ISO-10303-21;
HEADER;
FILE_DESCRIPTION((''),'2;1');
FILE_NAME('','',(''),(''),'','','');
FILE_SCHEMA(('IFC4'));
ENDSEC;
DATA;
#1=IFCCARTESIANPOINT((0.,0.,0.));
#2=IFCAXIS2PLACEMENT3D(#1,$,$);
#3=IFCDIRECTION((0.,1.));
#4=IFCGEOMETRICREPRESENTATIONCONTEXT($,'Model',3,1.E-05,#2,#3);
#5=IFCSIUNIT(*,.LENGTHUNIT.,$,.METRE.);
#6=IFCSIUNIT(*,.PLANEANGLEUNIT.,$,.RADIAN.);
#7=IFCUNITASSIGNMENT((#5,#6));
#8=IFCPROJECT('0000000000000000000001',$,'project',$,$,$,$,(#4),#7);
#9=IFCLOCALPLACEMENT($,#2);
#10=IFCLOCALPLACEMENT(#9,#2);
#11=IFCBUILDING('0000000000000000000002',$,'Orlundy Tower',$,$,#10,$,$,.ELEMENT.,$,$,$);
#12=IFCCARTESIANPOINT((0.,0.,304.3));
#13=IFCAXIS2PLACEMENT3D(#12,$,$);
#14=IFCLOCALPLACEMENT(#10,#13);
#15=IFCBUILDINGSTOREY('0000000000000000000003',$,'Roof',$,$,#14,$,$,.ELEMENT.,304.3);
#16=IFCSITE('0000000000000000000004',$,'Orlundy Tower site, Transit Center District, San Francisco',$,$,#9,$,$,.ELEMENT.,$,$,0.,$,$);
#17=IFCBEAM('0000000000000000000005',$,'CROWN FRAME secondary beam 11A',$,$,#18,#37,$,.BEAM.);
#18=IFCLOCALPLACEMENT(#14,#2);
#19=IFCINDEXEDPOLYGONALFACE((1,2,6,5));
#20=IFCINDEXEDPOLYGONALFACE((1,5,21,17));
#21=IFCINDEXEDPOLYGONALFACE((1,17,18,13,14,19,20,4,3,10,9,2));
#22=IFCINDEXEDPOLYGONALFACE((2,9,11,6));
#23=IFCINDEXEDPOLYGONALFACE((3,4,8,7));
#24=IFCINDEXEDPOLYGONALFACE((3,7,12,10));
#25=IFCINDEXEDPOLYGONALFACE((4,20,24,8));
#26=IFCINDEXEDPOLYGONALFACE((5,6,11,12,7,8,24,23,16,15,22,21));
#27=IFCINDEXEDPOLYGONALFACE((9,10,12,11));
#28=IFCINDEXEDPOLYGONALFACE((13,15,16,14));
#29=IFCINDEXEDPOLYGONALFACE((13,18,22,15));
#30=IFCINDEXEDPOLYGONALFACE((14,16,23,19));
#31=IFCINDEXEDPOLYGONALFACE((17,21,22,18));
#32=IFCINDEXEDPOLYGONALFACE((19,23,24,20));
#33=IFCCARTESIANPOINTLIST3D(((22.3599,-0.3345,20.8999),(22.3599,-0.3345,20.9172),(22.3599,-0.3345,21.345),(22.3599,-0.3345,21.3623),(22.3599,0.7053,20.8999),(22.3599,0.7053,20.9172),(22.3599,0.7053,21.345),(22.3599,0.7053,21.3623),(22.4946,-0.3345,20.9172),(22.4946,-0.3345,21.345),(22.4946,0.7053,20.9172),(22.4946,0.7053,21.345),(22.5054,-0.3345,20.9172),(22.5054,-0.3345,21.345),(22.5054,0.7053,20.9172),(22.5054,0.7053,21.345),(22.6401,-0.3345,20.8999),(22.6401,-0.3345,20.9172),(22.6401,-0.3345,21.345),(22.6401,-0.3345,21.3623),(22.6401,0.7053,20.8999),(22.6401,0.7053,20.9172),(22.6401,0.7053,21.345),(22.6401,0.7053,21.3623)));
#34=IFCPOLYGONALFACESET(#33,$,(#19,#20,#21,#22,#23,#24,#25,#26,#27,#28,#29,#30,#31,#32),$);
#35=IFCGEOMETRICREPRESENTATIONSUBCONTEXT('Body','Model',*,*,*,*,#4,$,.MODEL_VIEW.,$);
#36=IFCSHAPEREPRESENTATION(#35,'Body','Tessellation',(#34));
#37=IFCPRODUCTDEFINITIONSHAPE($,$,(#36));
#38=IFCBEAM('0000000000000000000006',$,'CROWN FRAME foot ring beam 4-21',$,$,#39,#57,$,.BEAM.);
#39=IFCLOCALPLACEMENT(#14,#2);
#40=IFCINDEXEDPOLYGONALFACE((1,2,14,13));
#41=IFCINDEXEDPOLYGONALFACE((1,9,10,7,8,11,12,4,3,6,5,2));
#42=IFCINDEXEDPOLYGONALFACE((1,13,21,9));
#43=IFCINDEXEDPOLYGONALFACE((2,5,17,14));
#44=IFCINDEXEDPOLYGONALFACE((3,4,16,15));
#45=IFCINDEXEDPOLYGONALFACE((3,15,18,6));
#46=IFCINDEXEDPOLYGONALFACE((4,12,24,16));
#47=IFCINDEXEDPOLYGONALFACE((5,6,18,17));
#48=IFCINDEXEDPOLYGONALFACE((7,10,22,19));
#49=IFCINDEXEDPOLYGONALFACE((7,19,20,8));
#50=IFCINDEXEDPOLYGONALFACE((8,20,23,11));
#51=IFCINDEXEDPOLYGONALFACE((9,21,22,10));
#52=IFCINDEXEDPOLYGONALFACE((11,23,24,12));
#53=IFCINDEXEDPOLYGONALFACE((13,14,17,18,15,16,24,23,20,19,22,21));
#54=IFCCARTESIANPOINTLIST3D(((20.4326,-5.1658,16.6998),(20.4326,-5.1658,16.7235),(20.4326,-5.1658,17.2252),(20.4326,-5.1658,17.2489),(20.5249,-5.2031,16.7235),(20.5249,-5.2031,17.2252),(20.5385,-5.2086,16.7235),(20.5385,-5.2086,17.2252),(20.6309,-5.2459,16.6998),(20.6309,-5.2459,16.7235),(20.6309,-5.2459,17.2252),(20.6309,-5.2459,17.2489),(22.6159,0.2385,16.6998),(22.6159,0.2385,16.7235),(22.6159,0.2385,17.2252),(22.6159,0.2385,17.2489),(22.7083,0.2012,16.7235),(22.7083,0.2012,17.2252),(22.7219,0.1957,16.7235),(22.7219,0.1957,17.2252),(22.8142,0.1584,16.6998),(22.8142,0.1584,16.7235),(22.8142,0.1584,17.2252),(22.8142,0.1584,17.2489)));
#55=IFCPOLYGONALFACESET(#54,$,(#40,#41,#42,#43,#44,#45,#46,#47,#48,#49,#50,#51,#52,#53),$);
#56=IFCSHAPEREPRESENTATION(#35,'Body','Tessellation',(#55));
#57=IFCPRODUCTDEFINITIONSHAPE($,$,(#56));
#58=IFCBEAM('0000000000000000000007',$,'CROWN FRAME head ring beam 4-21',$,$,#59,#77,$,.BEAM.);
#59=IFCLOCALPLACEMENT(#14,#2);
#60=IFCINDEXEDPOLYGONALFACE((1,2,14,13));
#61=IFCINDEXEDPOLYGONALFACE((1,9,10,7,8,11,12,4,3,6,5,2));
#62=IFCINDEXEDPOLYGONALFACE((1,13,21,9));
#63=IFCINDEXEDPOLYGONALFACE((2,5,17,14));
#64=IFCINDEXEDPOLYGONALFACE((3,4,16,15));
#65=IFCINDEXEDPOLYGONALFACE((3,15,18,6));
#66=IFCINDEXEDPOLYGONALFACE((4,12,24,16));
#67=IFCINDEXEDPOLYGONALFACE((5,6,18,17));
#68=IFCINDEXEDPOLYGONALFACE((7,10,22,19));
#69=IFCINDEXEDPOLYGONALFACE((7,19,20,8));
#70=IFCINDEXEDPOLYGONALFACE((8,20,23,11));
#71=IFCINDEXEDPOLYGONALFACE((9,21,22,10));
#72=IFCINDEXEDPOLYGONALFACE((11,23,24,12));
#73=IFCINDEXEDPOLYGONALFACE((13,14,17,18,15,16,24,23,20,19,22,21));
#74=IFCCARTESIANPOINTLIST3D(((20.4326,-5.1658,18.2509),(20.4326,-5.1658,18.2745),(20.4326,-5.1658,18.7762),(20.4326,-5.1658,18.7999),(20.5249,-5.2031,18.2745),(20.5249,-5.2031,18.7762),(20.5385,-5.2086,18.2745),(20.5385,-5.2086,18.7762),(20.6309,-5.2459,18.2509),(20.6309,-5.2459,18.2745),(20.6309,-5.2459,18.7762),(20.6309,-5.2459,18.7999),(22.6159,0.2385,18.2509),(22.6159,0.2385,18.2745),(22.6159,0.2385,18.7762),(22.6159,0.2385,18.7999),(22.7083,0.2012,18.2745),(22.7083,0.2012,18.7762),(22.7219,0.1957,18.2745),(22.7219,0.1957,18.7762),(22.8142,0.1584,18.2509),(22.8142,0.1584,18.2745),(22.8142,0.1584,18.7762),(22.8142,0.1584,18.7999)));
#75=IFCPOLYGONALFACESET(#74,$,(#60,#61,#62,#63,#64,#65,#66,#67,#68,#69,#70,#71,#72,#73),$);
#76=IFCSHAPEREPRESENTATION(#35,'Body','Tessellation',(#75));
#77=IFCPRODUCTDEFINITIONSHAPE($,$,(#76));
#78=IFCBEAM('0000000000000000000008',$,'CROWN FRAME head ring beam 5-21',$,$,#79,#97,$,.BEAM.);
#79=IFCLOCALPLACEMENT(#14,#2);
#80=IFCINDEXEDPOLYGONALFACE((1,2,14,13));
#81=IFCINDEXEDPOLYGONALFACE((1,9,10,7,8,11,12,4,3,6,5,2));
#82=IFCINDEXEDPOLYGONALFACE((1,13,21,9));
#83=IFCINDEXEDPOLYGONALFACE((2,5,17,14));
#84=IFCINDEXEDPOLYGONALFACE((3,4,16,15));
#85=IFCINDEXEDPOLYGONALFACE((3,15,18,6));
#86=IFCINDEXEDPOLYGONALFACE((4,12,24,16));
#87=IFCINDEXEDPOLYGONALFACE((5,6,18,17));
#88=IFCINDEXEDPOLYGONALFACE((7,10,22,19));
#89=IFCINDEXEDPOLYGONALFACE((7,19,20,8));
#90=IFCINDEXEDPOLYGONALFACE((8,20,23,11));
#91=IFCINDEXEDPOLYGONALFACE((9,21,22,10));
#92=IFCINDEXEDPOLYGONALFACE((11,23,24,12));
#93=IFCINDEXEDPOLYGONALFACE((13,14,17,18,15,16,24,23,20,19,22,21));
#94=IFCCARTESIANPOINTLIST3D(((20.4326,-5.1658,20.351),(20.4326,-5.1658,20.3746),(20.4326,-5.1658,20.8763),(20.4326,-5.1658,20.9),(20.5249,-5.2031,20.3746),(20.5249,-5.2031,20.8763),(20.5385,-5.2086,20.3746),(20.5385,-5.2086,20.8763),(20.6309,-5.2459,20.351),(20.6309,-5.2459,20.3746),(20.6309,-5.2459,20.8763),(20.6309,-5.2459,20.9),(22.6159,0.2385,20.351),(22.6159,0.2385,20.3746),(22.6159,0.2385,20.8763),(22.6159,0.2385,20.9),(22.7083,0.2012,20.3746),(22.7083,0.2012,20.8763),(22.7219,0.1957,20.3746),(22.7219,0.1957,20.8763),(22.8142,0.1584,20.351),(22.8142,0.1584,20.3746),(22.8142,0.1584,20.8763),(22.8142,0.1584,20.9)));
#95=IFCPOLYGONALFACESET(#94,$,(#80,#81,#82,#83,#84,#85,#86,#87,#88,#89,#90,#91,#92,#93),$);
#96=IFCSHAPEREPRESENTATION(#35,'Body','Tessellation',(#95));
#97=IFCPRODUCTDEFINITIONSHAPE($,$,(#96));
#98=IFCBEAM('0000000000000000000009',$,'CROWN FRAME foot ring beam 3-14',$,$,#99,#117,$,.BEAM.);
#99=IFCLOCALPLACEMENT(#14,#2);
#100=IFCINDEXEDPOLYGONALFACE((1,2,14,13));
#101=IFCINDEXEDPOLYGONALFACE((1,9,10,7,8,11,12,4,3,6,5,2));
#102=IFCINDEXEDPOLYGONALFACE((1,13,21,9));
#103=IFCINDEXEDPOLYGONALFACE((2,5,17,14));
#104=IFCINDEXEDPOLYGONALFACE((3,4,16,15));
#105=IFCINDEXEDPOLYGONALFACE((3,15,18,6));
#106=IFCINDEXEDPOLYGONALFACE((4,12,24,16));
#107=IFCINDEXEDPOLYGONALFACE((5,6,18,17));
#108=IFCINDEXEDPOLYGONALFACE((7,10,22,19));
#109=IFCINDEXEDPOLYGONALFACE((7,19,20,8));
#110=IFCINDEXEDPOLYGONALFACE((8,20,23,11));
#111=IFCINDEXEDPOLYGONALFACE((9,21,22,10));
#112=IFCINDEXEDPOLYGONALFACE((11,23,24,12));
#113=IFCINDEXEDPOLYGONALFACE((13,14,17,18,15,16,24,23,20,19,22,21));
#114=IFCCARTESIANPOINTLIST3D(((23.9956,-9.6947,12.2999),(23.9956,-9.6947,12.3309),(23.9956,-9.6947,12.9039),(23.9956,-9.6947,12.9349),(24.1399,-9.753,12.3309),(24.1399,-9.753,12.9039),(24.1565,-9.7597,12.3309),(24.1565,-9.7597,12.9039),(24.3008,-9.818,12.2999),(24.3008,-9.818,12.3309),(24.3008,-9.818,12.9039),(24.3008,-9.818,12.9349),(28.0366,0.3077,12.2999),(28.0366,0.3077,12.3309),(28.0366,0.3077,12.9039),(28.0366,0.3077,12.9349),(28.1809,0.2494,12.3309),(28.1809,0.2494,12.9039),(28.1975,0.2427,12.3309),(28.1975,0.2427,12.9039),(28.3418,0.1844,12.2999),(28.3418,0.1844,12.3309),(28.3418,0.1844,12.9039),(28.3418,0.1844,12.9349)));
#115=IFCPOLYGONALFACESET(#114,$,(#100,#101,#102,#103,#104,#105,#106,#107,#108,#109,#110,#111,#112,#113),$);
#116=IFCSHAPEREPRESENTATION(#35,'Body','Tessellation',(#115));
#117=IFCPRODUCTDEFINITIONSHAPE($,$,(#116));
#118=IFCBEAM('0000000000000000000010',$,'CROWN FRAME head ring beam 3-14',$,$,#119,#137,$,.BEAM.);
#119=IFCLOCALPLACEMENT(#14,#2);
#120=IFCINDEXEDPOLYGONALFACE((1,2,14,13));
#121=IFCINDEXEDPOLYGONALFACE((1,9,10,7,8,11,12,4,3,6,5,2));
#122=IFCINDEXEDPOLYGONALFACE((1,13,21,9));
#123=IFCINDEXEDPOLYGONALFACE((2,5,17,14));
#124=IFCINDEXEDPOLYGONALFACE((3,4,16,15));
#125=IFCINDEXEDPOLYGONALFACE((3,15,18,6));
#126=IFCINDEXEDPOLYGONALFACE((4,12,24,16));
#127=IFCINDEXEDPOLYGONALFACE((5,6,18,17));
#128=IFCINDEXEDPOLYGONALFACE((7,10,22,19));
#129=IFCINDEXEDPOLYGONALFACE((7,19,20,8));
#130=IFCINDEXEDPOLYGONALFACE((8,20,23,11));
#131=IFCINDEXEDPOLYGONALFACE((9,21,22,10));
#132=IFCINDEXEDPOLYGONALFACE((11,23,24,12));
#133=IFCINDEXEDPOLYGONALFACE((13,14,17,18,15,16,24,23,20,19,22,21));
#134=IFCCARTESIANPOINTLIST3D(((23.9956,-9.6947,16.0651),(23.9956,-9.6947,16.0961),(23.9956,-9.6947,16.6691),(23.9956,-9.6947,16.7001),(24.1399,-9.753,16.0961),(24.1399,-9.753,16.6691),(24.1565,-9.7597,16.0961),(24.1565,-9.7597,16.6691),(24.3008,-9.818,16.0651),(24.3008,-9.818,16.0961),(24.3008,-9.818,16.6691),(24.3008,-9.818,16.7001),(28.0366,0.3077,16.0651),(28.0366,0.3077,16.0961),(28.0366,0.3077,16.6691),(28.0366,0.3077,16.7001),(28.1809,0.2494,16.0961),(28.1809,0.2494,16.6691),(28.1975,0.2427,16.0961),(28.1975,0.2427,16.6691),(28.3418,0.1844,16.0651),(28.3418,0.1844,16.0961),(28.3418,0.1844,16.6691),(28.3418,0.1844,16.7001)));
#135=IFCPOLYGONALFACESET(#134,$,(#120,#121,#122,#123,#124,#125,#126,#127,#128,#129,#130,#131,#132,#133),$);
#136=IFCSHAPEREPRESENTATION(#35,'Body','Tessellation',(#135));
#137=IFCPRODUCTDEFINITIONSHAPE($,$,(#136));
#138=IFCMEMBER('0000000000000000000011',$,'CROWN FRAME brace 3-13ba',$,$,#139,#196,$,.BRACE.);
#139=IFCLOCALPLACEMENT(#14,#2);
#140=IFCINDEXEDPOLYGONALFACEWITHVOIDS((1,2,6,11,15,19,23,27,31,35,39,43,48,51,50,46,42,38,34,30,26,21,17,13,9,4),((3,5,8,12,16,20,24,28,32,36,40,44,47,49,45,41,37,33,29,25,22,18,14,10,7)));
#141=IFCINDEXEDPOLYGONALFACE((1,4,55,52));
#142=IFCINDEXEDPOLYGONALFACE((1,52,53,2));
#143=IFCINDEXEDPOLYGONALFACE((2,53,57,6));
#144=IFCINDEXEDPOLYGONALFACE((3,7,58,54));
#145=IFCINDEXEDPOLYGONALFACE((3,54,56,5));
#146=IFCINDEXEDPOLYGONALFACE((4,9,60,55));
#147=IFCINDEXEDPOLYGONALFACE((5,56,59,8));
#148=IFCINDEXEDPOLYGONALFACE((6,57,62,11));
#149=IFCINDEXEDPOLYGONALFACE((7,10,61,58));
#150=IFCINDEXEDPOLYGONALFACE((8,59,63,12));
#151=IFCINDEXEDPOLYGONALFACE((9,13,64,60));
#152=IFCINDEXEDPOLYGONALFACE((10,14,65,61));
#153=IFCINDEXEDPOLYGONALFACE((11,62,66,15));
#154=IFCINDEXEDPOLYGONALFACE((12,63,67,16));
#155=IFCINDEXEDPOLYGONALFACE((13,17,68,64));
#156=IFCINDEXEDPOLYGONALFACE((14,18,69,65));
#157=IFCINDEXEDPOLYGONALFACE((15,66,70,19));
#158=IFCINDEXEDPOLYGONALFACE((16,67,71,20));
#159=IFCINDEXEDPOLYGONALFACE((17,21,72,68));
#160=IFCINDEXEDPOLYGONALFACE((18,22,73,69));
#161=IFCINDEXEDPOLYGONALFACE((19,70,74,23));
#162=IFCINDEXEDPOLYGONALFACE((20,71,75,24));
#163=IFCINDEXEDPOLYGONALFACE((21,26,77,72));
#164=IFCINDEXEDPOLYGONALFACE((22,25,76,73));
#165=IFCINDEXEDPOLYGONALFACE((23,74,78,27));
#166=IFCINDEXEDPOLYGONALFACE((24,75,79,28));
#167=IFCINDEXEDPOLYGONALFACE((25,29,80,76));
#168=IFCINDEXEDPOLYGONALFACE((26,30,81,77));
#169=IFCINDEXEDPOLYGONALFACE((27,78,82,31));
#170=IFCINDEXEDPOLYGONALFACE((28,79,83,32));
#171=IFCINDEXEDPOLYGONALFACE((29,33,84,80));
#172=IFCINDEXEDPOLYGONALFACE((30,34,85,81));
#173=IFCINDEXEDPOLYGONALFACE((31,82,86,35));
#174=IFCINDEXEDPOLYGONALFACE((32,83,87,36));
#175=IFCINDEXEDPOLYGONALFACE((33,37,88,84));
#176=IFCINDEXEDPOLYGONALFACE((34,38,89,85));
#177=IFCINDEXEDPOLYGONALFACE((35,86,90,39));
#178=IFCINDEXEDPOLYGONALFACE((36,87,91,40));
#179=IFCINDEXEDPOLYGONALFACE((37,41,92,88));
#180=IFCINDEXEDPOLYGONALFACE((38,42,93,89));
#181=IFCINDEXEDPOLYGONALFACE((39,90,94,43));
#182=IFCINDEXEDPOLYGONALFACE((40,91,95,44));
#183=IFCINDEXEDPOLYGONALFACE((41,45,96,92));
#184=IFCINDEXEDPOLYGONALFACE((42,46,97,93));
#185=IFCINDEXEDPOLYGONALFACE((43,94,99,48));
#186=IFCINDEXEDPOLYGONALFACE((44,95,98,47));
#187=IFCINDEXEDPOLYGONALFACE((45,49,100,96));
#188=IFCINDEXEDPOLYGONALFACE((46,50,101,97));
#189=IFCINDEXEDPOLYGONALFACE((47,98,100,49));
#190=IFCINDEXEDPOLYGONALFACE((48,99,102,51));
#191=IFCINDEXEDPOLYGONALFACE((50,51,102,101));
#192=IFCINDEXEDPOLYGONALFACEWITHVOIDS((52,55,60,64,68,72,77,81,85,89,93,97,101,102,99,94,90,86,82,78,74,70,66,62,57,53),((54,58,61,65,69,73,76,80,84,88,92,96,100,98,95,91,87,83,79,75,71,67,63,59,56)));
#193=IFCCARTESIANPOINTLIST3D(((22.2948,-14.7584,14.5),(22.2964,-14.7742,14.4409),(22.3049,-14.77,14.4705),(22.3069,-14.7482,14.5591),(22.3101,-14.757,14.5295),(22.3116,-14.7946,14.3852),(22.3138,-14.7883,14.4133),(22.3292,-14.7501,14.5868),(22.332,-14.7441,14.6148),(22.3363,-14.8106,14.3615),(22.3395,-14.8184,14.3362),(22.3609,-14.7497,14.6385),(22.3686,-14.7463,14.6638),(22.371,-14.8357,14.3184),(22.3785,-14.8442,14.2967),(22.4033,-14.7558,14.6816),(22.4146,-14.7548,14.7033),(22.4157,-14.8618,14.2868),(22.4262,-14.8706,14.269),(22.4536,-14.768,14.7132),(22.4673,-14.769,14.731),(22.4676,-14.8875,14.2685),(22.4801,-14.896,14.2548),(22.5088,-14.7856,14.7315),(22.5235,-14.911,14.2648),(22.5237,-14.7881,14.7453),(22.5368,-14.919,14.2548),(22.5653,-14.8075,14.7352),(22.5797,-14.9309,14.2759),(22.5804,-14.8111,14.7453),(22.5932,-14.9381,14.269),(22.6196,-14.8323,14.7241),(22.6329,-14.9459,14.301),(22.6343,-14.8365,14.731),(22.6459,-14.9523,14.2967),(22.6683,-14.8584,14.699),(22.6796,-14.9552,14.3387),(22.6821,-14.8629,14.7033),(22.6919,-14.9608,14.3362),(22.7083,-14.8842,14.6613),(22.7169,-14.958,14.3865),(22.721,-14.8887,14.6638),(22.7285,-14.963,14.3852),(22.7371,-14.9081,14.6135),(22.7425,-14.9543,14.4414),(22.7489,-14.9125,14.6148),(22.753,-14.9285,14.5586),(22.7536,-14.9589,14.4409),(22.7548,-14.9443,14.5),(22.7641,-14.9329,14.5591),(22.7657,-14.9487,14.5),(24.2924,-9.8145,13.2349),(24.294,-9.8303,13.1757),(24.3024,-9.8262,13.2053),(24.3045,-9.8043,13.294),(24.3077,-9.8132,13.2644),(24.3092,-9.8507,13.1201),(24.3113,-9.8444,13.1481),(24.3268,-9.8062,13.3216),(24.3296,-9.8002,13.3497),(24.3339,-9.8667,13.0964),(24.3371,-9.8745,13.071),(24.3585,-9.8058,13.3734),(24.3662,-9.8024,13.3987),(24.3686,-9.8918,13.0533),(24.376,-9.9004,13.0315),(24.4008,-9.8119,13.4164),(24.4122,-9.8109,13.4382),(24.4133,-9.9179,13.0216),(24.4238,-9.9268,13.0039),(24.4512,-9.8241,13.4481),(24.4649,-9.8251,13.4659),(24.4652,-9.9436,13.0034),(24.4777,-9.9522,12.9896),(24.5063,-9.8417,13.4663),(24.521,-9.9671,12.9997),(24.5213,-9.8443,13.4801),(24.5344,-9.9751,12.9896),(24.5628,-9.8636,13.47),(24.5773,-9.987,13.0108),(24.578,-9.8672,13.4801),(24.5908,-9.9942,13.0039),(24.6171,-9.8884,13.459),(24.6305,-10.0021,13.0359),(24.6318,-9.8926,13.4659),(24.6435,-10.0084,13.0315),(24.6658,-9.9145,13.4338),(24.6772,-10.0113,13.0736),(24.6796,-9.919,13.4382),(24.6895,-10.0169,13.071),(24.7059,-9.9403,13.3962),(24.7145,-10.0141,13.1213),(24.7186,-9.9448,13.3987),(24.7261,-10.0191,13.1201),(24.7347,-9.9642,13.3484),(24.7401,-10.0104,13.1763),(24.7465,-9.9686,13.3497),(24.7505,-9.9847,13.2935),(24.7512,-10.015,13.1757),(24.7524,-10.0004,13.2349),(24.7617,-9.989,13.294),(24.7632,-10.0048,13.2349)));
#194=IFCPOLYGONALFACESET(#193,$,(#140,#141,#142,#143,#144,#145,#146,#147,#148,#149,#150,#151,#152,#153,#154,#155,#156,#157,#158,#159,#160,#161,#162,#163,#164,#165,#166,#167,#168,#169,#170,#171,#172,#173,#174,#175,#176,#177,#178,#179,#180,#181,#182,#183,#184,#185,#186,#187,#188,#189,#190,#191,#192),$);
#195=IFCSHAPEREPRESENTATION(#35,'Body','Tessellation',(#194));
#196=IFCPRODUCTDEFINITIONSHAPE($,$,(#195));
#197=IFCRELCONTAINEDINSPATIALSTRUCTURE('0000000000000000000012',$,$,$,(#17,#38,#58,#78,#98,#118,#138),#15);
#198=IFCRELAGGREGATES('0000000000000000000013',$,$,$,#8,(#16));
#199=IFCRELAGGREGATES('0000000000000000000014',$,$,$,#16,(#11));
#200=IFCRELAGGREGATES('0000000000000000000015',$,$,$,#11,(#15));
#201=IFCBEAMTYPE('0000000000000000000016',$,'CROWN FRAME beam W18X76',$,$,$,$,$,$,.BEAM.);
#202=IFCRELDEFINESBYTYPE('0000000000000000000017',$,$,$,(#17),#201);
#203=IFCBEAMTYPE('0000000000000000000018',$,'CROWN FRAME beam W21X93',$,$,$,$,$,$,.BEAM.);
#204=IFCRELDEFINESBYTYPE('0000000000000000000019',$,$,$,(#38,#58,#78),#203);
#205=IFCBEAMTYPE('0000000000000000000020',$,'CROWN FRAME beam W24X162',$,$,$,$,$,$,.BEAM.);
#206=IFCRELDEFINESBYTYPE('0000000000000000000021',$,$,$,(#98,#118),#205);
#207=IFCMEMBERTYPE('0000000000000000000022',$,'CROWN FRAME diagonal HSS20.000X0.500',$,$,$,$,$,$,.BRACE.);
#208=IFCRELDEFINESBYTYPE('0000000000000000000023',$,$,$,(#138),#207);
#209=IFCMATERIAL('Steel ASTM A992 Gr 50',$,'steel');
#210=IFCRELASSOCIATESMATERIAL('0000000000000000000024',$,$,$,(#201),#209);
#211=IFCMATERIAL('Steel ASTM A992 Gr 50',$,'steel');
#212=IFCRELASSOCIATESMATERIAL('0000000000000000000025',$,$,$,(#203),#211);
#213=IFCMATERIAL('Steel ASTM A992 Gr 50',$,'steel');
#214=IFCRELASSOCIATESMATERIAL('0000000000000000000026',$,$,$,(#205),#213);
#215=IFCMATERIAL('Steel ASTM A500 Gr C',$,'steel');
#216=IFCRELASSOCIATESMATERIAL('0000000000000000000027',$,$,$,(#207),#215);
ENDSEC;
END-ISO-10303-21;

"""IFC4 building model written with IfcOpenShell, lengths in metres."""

from ifc_helpers import new_model, si_unit, direction, frame, origin, origin_2d, place, context, subcontext, project, spatial, hollow_circle, i_section, extrude, material, material_profile, profile_set, type_object, element, save


model = new_model("IFC4")

# Units and contexts
model_context = context("Model", 3, precision=1e-05, world=origin(), true_north=direction((0.0, 1.0)))
body_context = subcontext(model_context, "Body", "Model", "MODEL_VIEW")
ifc_project = project(units=[si_unit("LENGTHUNIT", "METRE"), si_unit("PLANEANGLEUNIT", "RADIAN")], contexts=[model_context])

# Site, building, storey
site_placement = place(None, origin())
site = spatial("IfcSite", under=ifc_project, at=site_placement, Name="Orlundy Tower site, Transit Center District, San Francisco", CompositionType="ELEMENT", RefElevation=0.0)
building_placement = place(site_placement, origin())
building = spatial("IfcBuilding", under=site, at=building_placement, Name="Orlundy Tower", CompositionType="ELEMENT")
storey_placement = place(building_placement, frame((0.0, 0.0, 304.3)))
storey = spatial("IfcBuildingStorey", under=building, at=storey_placement, Name="Roof", CompositionType="ELEMENT", Elevation=304.3)

# Beams
ifc_material_1 = material(Name="Steel ASTM A992 Gr 50", Category="steel")
ifc_material_profile_1 = material_profile(ifc_material_1, i_section(OverallWidth=0.2803, OverallDepth=0.4624, WebThickness=0.0107, FlangeThickness=0.0173, at=origin_2d()), Name="W18X76")
ifc_profile_set_1 = profile_set([ifc_material_profile_1], Name="Steel ASTM A992 Gr 50")
beam_type_1 = type_object("IfcBeamType", Name="CROWN FRAME beam W18X76", PredefinedType="BEAM", material=ifc_profile_set_1)
beam_placement = place(storey_placement, frame((22.5, -0.3345, 21.1311), z_axis=(0.0, 1.0, 0.0), x_axis=(-1.0, 0.0, 0.0)))
element("IfcBeam", 1, at=beam_placement, inside=storey, type_object=beam_type_1, Name="CROWN FRAME secondary beam 11A", PredefinedType="BEAM", context=body_context, shape_type="SweptSolid", body=[
    extrude(i_section(OverallWidth=0.2803, OverallDepth=0.4624, WebThickness=0.0107, FlangeThickness=0.0173, at=origin_2d()), origin(), (0.0, 0.0, 1.0), 1.0398),
])
ifc_material_2 = material(Name="Steel ASTM A992 Gr 50", Category="steel")
ifc_material_profile_2 = material_profile(ifc_material_2, i_section(OverallWidth=0.2139, OverallDepth=0.5491, WebThickness=0.0146, FlangeThickness=0.0237, at=origin_2d()), Name="W21X93")
ifc_profile_set_2 = profile_set([ifc_material_profile_2], Name="Steel ASTM A992 Gr 50")
beam_type_2 = type_object("IfcBeamType", Name="CROWN FRAME beam W21X93", PredefinedType="BEAM", material=ifc_profile_set_2)
for number, where, z_axis, x_axis, name in (
    (2, (20.5317, -5.2058, 16.9744), (0.374588, 0.927191, 0.0), (-0.927191, 0.374588, 0.0), "CROWN FRAME foot ring beam 4-21"),
    (3, (20.5317, -5.2058, 18.5254), (0.374588, 0.927191, 0.0), (-0.927191, 0.374588, 0.0), "CROWN FRAME head ring beam 4-21"),
    (4, (20.5317, -5.2058, 20.6255), (0.374588, 0.927191, 0.0), (-0.927191, 0.374588, 0.0), "CROWN FRAME head ring beam 5-21"),
):
    element("IfcBeam", number, at=place(storey_placement, frame(where, z_axis=z_axis, x_axis=x_axis)), inside=storey, type_object=beam_type_2, Name=name, PredefinedType="BEAM", context=body_context, shape_type="SweptSolid", body=[
        extrude(i_section(OverallWidth=0.2139, OverallDepth=0.5491, WebThickness=0.0146, FlangeThickness=0.0237, at=origin_2d()), origin(), (0.0, 0.0, 1.0), 5.8286),
    ])
ifc_material_3 = material(Name="Steel ASTM A992 Gr 50", Category="steel")
ifc_material_profile_3 = material_profile(ifc_material_3, i_section(OverallWidth=0.3291, OverallDepth=0.635, WebThickness=0.0178, FlangeThickness=0.031, at=origin_2d()), Name="W24X162")
ifc_profile_set_3 = profile_set([ifc_material_profile_3], Name="Steel ASTM A992 Gr 50")
beam_type_3 = type_object("IfcBeamType", Name="CROWN FRAME beam W24X162", PredefinedType="BEAM", material=ifc_profile_set_3)
for number, where, z_axis, x_axis, name in (
    (5, (24.1482, -9.7563, 12.6174), (0.374588, 0.927191, 0.0), (-0.927191, 0.374588, 0.0), "CROWN FRAME foot ring beam 3-14"),
    (6, (24.1482, -9.7563, 16.3826), (0.374588, 0.927191, 0.0), (-0.927191, 0.374588, 0.0), "CROWN FRAME head ring beam 3-14"),
):
    element("IfcBeam", number, at=place(storey_placement, frame(where, z_axis=z_axis, x_axis=x_axis)), inside=storey, type_object=beam_type_3, Name=name, PredefinedType="BEAM", context=body_context, shape_type="SweptSolid", body=[
        extrude(i_section(OverallWidth=0.3291, OverallDepth=0.635, WebThickness=0.0178, FlangeThickness=0.031, at=origin_2d()), origin(), (0.0, 0.0, 1.0), 10.7878),
    ])

# Member
ifc_material_4 = material(Name="Steel ASTM A500 Gr C", Category="steel")
ifc_material_profile_4 = material_profile(ifc_material_4, hollow_circle(Radius=0.2539, WallThickness=0.0117, at=origin_2d()), Name="HSS20.000X0.500")
ifc_profile_set_4 = profile_set([ifc_material_profile_4], Name="Steel ASTM A500 Gr C")
member_type_1 = type_object("IfcMemberType", Name="CROWN FRAME diagonal HSS20.000X0.500", PredefinedType="BRACE", material=ifc_profile_set_4)
member_1_placement = place(storey_placement, frame((24.5278, -9.9097, 13.2349), z_axis=(-0.364506, -0.902131, 0.230857), x_axis=(0.927176, -0.374625, 0.0)))
element("IfcMember", 7, at=member_1_placement, inside=storey, type_object=member_type_1, Name="CROWN FRAME brace 3-13ba", PredefinedType="BRACE", context=body_context, shape_type="SweptSolid", body=[
    extrude(hollow_circle(Radius=0.2539, WallThickness=0.0117, at=origin_2d()), origin(), (0.0, 0.0, 1.0), 5.4802),
])

save(model, "model.ifc")
